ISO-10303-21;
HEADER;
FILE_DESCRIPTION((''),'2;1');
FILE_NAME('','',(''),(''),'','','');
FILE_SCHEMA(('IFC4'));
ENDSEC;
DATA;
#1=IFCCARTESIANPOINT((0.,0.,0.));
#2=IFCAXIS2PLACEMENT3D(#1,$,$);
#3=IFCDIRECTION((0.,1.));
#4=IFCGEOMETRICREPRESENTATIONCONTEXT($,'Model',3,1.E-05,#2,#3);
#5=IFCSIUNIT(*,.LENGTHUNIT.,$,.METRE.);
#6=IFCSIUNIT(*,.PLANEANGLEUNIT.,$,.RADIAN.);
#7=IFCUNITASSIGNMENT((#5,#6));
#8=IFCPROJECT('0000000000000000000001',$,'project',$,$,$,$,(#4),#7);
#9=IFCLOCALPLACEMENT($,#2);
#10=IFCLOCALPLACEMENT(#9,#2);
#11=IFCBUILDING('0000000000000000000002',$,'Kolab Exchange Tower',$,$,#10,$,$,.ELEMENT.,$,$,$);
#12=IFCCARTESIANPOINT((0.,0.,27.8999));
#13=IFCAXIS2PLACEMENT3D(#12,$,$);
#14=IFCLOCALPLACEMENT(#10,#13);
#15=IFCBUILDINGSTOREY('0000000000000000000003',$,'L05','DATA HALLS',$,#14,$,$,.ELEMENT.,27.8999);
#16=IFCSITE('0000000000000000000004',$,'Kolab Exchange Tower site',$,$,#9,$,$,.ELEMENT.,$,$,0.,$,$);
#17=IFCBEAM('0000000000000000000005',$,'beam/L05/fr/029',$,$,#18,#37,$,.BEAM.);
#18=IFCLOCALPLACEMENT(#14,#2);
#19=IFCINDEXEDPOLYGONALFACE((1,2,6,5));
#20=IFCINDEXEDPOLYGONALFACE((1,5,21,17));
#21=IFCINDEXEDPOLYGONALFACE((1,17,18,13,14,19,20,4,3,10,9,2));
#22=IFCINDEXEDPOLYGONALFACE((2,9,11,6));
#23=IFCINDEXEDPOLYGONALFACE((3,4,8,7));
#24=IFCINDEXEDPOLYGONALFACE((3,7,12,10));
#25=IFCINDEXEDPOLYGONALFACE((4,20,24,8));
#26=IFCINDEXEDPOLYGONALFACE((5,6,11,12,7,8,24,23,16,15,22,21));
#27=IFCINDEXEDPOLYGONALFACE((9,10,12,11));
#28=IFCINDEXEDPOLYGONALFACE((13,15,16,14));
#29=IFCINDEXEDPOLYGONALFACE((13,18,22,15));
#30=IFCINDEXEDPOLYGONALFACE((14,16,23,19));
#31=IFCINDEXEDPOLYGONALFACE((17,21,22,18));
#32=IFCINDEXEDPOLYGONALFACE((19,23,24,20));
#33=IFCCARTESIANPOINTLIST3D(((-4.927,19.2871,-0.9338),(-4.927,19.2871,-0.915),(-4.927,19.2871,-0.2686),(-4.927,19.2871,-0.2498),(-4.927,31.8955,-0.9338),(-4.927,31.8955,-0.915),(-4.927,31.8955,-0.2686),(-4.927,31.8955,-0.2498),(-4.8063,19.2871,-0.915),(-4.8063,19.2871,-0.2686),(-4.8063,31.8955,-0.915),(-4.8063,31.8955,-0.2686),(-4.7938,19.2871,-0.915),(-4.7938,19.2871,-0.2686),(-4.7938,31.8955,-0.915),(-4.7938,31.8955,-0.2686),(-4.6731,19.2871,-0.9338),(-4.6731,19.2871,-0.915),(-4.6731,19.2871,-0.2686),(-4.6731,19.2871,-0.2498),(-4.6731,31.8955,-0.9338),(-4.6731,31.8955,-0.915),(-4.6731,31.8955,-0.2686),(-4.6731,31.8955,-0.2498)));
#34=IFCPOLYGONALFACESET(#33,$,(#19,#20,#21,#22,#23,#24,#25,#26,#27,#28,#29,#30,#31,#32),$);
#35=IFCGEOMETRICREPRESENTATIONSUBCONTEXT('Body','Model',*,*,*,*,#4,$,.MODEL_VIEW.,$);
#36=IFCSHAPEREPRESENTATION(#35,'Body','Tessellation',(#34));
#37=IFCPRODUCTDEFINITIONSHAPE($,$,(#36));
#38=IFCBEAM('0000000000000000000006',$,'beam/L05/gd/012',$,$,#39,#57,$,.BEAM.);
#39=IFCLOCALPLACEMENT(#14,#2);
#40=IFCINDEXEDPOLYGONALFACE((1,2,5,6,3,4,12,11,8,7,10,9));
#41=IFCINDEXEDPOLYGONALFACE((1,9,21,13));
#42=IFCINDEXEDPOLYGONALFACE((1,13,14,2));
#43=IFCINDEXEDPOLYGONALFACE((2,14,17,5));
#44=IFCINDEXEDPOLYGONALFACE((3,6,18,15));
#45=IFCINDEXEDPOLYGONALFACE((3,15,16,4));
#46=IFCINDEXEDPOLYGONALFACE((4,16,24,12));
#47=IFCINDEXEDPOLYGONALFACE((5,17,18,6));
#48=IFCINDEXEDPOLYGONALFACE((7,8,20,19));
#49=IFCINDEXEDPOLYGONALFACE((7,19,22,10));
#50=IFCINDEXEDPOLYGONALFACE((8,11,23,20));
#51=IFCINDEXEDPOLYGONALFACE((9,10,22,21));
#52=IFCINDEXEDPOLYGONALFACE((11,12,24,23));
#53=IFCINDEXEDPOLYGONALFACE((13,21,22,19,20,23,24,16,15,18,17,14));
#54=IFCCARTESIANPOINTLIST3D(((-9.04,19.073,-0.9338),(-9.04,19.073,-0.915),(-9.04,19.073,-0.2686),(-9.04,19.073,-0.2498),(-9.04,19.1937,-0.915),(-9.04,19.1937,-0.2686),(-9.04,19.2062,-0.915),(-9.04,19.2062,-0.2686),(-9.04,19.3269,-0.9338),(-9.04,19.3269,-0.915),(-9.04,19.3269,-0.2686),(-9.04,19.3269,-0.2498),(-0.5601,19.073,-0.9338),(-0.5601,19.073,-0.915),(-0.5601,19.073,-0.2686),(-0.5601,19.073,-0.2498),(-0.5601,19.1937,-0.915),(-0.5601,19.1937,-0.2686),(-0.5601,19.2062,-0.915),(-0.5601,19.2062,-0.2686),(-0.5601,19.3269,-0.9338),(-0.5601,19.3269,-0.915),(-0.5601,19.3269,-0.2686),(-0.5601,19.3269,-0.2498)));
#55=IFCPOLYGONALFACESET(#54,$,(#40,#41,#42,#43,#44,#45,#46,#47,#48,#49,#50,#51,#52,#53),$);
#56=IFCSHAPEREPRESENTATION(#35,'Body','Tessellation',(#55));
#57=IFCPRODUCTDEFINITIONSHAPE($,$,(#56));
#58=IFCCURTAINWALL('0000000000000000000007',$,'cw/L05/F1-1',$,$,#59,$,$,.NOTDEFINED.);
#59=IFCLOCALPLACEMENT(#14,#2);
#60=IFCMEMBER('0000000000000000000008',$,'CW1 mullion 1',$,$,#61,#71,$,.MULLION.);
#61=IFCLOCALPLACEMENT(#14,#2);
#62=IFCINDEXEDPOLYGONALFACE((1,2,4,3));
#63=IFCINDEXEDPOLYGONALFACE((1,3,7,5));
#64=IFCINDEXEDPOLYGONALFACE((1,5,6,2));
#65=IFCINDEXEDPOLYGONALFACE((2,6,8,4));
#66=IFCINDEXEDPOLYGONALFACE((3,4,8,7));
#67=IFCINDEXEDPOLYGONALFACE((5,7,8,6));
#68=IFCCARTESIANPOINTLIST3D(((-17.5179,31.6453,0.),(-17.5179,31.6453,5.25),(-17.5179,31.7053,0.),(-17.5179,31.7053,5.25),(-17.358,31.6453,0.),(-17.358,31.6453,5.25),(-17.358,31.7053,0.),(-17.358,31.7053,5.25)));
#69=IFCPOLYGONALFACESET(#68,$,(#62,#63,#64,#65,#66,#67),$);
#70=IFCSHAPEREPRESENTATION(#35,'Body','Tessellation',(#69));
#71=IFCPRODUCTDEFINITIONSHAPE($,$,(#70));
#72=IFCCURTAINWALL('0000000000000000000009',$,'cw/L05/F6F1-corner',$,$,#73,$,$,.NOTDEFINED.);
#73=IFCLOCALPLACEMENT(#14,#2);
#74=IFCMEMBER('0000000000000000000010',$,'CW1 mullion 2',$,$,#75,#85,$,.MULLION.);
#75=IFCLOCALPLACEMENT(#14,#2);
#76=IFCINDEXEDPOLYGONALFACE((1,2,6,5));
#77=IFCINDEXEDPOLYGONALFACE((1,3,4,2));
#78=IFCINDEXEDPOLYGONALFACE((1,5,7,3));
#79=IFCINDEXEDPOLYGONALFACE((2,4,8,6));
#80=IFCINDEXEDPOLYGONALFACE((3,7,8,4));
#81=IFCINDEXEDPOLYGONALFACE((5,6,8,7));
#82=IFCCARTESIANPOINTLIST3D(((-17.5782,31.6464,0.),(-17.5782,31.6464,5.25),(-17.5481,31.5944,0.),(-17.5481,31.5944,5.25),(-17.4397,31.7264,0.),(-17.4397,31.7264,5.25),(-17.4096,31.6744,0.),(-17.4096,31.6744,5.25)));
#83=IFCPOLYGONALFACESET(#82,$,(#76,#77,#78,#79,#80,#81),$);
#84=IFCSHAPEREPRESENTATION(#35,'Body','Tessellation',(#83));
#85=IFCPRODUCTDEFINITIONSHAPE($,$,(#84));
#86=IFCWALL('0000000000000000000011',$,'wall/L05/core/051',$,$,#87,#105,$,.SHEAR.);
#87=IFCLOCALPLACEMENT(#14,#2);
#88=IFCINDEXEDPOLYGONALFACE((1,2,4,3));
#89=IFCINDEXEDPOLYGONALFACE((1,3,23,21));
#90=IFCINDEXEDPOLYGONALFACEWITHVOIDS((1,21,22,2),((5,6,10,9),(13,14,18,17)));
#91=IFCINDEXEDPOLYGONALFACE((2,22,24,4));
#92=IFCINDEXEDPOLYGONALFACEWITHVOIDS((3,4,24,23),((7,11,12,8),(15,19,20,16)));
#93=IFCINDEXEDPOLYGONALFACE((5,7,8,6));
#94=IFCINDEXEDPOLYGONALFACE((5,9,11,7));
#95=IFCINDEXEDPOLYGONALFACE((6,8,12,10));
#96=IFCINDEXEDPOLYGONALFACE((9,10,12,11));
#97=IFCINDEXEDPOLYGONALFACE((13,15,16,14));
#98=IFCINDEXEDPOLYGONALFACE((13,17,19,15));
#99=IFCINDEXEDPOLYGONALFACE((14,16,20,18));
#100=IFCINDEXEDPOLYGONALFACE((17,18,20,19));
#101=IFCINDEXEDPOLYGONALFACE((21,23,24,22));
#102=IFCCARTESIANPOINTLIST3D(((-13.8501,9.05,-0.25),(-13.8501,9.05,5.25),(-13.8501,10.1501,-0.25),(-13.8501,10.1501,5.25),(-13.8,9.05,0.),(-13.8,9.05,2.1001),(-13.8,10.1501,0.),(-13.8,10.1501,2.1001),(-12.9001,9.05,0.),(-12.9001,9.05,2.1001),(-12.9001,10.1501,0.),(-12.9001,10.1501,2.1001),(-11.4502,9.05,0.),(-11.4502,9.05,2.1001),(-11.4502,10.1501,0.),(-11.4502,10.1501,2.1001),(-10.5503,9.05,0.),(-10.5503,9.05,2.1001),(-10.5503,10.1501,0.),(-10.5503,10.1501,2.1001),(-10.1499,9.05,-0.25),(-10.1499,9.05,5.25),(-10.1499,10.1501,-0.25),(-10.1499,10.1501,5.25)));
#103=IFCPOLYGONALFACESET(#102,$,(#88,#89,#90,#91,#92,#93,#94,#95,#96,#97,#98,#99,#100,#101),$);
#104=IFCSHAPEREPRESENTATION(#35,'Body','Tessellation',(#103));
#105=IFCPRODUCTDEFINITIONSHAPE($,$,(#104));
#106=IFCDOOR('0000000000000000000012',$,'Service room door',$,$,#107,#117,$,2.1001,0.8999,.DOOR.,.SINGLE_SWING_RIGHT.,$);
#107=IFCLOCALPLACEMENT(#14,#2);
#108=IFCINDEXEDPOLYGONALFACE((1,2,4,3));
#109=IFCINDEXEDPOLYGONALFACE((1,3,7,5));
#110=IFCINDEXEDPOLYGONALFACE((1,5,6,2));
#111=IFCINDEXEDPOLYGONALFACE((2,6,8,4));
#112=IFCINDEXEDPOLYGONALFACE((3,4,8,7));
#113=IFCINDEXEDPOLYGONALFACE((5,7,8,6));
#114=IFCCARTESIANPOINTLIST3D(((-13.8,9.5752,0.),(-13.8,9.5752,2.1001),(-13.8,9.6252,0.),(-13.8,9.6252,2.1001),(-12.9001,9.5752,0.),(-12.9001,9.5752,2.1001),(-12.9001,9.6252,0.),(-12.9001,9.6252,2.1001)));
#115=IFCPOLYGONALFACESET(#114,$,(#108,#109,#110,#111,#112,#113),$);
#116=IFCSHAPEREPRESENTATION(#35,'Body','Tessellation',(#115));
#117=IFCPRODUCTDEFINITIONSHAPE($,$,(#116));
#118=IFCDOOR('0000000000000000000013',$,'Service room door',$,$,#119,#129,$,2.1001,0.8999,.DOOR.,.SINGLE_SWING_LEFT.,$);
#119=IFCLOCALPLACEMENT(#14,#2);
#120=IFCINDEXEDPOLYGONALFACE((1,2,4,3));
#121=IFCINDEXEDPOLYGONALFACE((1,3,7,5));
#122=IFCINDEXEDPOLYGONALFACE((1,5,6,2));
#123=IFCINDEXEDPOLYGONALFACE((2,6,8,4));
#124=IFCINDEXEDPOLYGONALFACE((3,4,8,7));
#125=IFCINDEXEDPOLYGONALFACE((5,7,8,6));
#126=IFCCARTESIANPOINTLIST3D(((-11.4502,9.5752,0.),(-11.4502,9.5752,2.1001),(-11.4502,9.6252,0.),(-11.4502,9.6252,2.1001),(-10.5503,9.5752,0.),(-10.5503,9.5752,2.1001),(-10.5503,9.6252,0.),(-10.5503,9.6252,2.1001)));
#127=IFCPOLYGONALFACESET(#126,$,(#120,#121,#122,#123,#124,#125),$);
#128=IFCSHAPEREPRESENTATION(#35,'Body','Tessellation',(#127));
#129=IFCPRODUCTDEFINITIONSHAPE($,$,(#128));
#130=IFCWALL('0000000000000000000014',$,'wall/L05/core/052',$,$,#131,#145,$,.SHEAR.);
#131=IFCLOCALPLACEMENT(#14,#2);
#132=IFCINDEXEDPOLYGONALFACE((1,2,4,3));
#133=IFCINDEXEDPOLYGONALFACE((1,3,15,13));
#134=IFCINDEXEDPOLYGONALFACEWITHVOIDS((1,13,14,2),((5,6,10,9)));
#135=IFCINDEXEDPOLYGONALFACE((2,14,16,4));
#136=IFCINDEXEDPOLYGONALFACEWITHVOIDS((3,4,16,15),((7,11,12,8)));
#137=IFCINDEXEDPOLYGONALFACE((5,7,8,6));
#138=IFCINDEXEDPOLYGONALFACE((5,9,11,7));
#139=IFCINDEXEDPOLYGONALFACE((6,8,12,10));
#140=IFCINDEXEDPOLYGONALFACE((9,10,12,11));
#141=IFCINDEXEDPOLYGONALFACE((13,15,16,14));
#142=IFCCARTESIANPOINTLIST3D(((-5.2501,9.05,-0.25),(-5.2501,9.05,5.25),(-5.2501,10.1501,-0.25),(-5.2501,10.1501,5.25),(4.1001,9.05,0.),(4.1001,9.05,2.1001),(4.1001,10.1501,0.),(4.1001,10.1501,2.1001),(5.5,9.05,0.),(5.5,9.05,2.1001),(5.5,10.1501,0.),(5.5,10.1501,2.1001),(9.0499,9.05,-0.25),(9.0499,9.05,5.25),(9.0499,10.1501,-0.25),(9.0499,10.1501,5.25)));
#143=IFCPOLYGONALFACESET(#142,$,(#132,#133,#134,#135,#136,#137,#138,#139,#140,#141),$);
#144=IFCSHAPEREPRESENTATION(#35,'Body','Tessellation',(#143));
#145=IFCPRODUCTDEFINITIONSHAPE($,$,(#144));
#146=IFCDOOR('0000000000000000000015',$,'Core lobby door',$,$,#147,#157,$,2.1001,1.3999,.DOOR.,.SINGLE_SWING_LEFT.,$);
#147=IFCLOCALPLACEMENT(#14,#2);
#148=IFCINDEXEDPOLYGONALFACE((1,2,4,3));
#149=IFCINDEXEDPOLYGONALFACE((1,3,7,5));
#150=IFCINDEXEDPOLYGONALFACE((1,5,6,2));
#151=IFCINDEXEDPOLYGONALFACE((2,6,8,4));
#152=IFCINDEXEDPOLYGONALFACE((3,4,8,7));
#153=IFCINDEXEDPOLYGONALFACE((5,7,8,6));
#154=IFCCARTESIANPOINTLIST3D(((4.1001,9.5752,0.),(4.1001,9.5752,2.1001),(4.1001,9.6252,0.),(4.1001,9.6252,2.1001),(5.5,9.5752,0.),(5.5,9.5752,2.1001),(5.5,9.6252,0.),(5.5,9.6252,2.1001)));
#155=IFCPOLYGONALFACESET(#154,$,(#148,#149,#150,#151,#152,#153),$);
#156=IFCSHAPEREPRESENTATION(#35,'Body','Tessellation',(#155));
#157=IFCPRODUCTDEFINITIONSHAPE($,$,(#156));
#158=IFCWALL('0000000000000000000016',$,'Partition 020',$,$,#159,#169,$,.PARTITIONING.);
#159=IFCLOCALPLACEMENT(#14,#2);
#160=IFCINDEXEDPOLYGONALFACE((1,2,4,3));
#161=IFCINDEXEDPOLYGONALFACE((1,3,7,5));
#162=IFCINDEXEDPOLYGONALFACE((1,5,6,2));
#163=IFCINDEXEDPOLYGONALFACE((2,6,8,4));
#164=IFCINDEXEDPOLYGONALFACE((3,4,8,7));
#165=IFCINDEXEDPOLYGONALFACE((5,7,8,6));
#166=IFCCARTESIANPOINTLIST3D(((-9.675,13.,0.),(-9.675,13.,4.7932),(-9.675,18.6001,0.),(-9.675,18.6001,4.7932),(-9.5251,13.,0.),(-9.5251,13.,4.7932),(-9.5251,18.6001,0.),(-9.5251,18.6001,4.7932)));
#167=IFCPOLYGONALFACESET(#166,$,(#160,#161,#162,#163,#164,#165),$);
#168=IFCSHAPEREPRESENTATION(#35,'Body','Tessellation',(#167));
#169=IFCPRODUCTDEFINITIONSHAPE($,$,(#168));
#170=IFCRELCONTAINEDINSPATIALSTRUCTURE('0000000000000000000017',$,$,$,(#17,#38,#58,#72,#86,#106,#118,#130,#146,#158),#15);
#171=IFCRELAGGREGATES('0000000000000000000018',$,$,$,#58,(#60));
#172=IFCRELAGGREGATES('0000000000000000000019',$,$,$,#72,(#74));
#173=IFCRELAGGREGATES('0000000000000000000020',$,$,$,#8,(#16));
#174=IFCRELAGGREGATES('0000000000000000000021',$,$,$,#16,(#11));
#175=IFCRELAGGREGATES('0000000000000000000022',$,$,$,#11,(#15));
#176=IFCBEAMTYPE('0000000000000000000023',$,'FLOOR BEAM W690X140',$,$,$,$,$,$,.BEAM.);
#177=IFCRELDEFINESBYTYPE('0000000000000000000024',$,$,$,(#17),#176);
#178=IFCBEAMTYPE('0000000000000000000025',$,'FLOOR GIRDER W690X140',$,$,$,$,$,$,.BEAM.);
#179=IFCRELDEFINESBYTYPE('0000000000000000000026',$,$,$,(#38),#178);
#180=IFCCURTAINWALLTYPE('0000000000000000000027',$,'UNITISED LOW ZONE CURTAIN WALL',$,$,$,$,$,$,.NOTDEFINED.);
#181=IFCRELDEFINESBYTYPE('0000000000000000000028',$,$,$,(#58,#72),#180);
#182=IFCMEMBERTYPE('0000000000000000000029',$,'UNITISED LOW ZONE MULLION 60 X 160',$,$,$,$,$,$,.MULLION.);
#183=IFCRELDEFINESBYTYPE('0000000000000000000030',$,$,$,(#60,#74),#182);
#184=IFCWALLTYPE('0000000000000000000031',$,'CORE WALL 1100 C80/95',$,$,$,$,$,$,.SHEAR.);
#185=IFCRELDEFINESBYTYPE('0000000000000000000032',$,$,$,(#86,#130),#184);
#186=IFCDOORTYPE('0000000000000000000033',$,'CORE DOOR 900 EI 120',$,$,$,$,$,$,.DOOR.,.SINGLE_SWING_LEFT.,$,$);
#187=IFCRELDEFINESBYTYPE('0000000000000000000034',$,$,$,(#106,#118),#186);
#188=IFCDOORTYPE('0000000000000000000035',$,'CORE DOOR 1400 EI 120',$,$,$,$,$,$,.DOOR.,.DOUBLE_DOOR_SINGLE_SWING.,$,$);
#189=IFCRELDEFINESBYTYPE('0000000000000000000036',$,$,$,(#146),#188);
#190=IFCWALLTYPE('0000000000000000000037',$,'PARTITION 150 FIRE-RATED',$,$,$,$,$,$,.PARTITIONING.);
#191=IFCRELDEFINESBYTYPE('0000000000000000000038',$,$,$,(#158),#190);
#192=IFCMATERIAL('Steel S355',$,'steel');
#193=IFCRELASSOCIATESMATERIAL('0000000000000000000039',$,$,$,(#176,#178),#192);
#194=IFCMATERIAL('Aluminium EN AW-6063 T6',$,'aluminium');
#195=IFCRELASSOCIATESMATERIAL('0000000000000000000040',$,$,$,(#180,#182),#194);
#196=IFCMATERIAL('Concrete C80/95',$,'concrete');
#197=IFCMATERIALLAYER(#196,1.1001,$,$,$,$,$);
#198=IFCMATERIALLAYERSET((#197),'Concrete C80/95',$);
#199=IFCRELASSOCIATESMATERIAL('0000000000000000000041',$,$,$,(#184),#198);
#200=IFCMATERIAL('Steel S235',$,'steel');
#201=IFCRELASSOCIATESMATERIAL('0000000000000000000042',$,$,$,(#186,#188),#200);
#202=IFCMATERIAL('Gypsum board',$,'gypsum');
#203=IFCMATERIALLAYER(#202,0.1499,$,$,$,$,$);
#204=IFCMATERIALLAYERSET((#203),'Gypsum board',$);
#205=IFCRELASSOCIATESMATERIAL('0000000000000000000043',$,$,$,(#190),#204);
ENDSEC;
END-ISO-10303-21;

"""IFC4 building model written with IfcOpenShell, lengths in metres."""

from ifc_helpers import new_model, si_unit, direction, frame, frame_2d, origin, origin_2d, place, context, subcontext, project, spatial, rectangle, i_section, extrude, material, layer, layer_set, material_profile, profile_set, type_object, element, fill, aggregate, save


model = new_model("IFC4")

# Units and contexts
model_context = context("Model", 3, precision=1e-05, world=origin(), true_north=direction((0.0, 1.0)))
body_context = subcontext(model_context, "Body", "Model", "MODEL_VIEW")
ifc_project = project(units=[si_unit("LENGTHUNIT", "METRE"), si_unit("PLANEANGLEUNIT", "RADIAN")], contexts=[model_context])

# Site, building, storey
site_placement = place(None, origin())
site = spatial("IfcSite", under=ifc_project, at=site_placement, Name="Kolab Exchange Tower site", CompositionType="ELEMENT", RefElevation=0.0)
building_placement = place(site_placement, origin())
building = spatial("IfcBuilding", under=site, at=building_placement, Name="Kolab Exchange Tower", CompositionType="ELEMENT")
storey_placement = place(building_placement, frame((0.0, 0.0, 27.8999)))
storey = spatial("IfcBuildingStorey", under=building, at=storey_placement, Name="L05", Description="DATA HALLS", CompositionType="ELEMENT", Elevation=27.8999)

# Shared definitions
ifc_material_1 = material(Name="Concrete C80/95", Category="concrete")

# Beams
ifc_material_2 = material(Name="Steel S355", Category="steel")
ifc_material_profile_1 = material_profile(ifc_material_2, i_section(OverallWidth=0.2539, OverallDepth=0.6841, WebThickness=0.0125, FlangeThickness=0.0188, at=origin_2d()), Name="W690X140")
ifc_profile_set_1 = profile_set([ifc_material_profile_1], Name="Steel S355")
beam_type_1 = type_object("IfcBeamType", Name="FLOOR BEAM W690X140", PredefinedType="BEAM", material=ifc_profile_set_1)
for number, where, z_axis, x_axis, name in (
    (1, (-4.8, 19.2871, -0.5918), (0.0, 1.0, 0.0), (-1.0, 0.0, 0.0), "beam/L05/fr/029"),
):
    element("IfcBeam", number, at=place(storey_placement, frame(where, z_axis=z_axis, x_axis=x_axis)), inside=storey, type_object=beam_type_1, Name=name, PredefinedType="BEAM", context=body_context, shape_type="SweptSolid", body=[
        extrude(i_section(OverallWidth=0.2539, OverallDepth=0.6841, WebThickness=0.0125, FlangeThickness=0.0188, at=origin_2d()), origin(), (0.0, 0.0, 1.0), 12.6084),
    ])
ifc_material_profile_2 = material_profile(ifc_material_2, i_section(OverallWidth=0.2539, OverallDepth=0.6841, WebThickness=0.0125, FlangeThickness=0.0188, at=origin_2d()), Name="W690X140")
ifc_profile_set_2 = profile_set([ifc_material_profile_2], Name="Steel S355")
beam_type_2 = type_object("IfcBeamType", Name="FLOOR GIRDER W690X140", PredefinedType="BEAM", material=ifc_profile_set_2)
beam_1_placement = place(storey_placement, frame((-9.04, 19.2, -0.5918), z_axis=(1.0, 0.0, 0.0), x_axis=(0.0, 1.0, 0.0)))
element("IfcBeam", 2, at=beam_1_placement, inside=storey, type_object=beam_type_2, Name="beam/L05/gd/012", PredefinedType="BEAM", context=body_context, shape_type="SweptSolid", body=[
    extrude(i_section(OverallWidth=0.2539, OverallDepth=0.6841, WebThickness=0.0125, FlangeThickness=0.0188, at=origin_2d()), origin(), (0.0, 0.0, 1.0), 8.48),
])

# Curtain walls, members
ifc_material_3 = material(Name="Aluminium EN AW-6063 T6", Category="aluminium")
curtain_wall_type = type_object("IfcCurtainWallType", Name="UNITISED LOW ZONE CURTAIN WALL", PredefinedType="NOTDEFINED", material=ifc_material_3)
curtain_wall_1_placement = place(storey_placement, origin())
curtain_wall_1 = element("IfcCurtainWall", 3, at=curtain_wall_1_placement, inside=storey, type_object=curtain_wall_type, Name="cw/L05/F1-1", PredefinedType="NOTDEFINED")
ifc_material_profile_3 = material_profile(ifc_material_3, rectangle(XDim=0.0601, YDim=0.1599, at=origin_2d()), Name="RECT 60X160")
ifc_profile_set_3 = profile_set([ifc_material_profile_3], Name="Aluminium EN AW-6063 T6")
member_type = type_object("IfcMemberType", Name="UNITISED LOW ZONE MULLION 60 X 160", PredefinedType="MULLION", material=ifc_profile_set_3)
member_1_placement = place(storey_placement, frame((-17.438, 31.6753, 0.0), z_axis=(0.0, 0.0, 1.0), x_axis=(0.0, 1.0, 0.0)))
member_1 = element("IfcMember", 4, at=member_1_placement, type_object=member_type, Name="CW1 mullion 1", PredefinedType="MULLION", context=body_context, shape_type="SweptSolid", body=[
    extrude(rectangle(XDim=0.0601, YDim=0.1599, at=origin_2d()), origin(), (0.0, 0.0, 1.0), 5.25),
])
aggregate(curtain_wall_1, [member_1])
curtain_wall_2_placement = place(storey_placement, origin())
curtain_wall_2 = element("IfcCurtainWall", 5, at=curtain_wall_2_placement, inside=storey, type_object=curtain_wall_type, Name="cw/L05/F6F1-corner", PredefinedType="NOTDEFINED")
member_2_placement = place(storey_placement, frame((-17.4939, 31.6604, 0.0), z_axis=(0.0, 0.0, 1.0), x_axis=(-0.5, 0.866025, 0.0)))
member_2 = element("IfcMember", 6, at=member_2_placement, type_object=member_type, Name="CW1 mullion 2", PredefinedType="MULLION", context=body_context, shape_type="SweptSolid", body=[
    extrude(rectangle(XDim=0.0601, YDim=0.1599, at=origin_2d()), origin(), (0.0, 0.0, 1.0), 5.25),
])
aggregate(curtain_wall_2, [member_2])

# Wall, openings, doors
ifc_layer_1 = layer(ifc_material_1, 1.1001)
ifc_layer_set_1 = layer_set([ifc_layer_1], Name="Concrete C80/95")
wall_type_1 = type_object("IfcWallType", Name="CORE WALL 1100 C80/95", PredefinedType="SHEAR", material=ifc_layer_set_1)
wall_1_placement = place(storey_placement, frame((-13.8501, 9.6001, -0.25), z_axis=(0.0, 0.0, 1.0), x_axis=(1.0, 0.0, 0.0)))
wall_1 = element("IfcWall", 7, at=wall_1_placement, inside=storey, type_object=wall_type_1, Name="wall/L05/core/051", PredefinedType="SHEAR", context=body_context, shape_type="SweptSolid", body=[
    extrude(rectangle(XDim=3.7002, YDim=1.1001, at=frame_2d((1.8501, 0.0))), origin(), (0.0, 0.0, 1.0), 5.5),
])
opening_1_placement = place(wall_1_placement, frame((0.05, 0.0, 0.25)))
opening_1 = element("IfcOpeningElement", 8, at=opening_1_placement, cuts=wall_1, PredefinedType="OPENING", context=body_context, shape_type="SweptSolid", body=[
    extrude(rectangle(XDim=0.8999, YDim=2.1001, at=frame_2d((0.45, 1.05))), frame((0.0, 0.5601, 0.0), z_axis=(0.0, -1.0, 0.0), x_axis=(1.0, 0.0, 0.0)), (0.0, 0.0, 1.0), 1.1201),
])
opening_2_placement = place(wall_1_placement, frame((2.3999, 0.0, 0.25)))
opening_2 = element("IfcOpeningElement", 9, at=opening_2_placement, cuts=wall_1, PredefinedType="OPENING", context=body_context, shape_type="SweptSolid", body=[
    extrude(rectangle(XDim=0.8999, YDim=2.1001, at=frame_2d((0.45, 1.05))), frame((0.0, 0.5601, 0.0), z_axis=(0.0, -1.0, 0.0), x_axis=(1.0, 0.0, 0.0)), (0.0, 0.0, 1.0), 1.1201),
])
ifc_material_4 = material(Name="Steel S235", Category="steel")
door_type_1 = type_object("IfcDoorType", Name="CORE DOOR 900 EI 120", OperationType="SINGLE_SWING_LEFT", PredefinedType="DOOR", material=ifc_material_4)
door_1_placement = place(opening_1_placement, frame((0.8999, 0.0, 0.0), z_axis=(0.0, 0.0, 1.0), x_axis=(-1.0, 0.0, 0.0)))
door_1 = element("IfcDoor", 10, at=door_1_placement, inside=storey, type_object=door_type_1, Name="Service room door", OperationType="SINGLE_SWING_RIGHT", OverallHeight=2.1001, OverallWidth=0.8999, PredefinedType="DOOR", context=body_context, shape_type="SweptSolid", body=[
    extrude(rectangle(XDim=0.8999, YDim=2.1001, at=frame_2d((0.45, 1.05))), frame((0.0, 0.0249, 0.0), z_axis=(0.0, -1.0, 0.0), x_axis=(1.0, 0.0, 0.0)), (0.0, 0.0, 1.0), 0.05),
])
fill(opening_1, door_1)
door_2_placement = place(opening_2_placement, frame((0.8999, 0.0, 0.0), z_axis=(0.0, 0.0, 1.0), x_axis=(-1.0, 0.0, 0.0)))
door_2 = element("IfcDoor", 11, at=door_2_placement, inside=storey, type_object=door_type_1, Name="Service room door", OperationType="SINGLE_SWING_LEFT", OverallHeight=2.1001, OverallWidth=0.8999, PredefinedType="DOOR", context=body_context, shape_type="SweptSolid", body=[
    extrude(rectangle(XDim=0.8999, YDim=2.1001, at=frame_2d((0.45, 1.05))), frame((0.0, 0.0249, 0.0), z_axis=(0.0, -1.0, 0.0), x_axis=(1.0, 0.0, 0.0)), (0.0, 0.0, 1.0), 0.05),
])
fill(opening_2, door_2)

# Wall, opening, door
wall_2_placement = place(storey_placement, frame((-5.25, 9.6001, -0.25), z_axis=(0.0, 0.0, 1.0), x_axis=(1.0, 0.0, 0.0)))
wall_2 = element("IfcWall", 12, at=wall_2_placement, inside=storey, type_object=wall_type_1, Name="wall/L05/core/052", PredefinedType="SHEAR", context=body_context, shape_type="SweptSolid", body=[
    extrude(rectangle(XDim=14.3, YDim=1.1001, at=frame_2d((7.1499, 0.0))), origin(), (0.0, 0.0, 1.0), 5.5),
])
opening_3_placement = place(wall_2_placement, frame((9.3501, 0.0, 0.25)))
opening_3 = element("IfcOpeningElement", 13, at=opening_3_placement, cuts=wall_2, PredefinedType="OPENING", context=body_context, shape_type="SweptSolid", body=[
    extrude(rectangle(XDim=1.3999, YDim=2.1001, at=frame_2d((0.7, 1.05))), frame((0.0, 0.5601, 0.0), z_axis=(0.0, -1.0, 0.0), x_axis=(1.0, 0.0, 0.0)), (0.0, 0.0, 1.0), 1.1201),
])
door_type_2 = type_object("IfcDoorType", Name="CORE DOOR 1400 EI 120", OperationType="DOUBLE_DOOR_SINGLE_SWING", PredefinedType="DOOR", material=ifc_material_4)
door_3_placement = place(opening_3_placement, frame((1.3999, 0.0, 0.0), z_axis=(0.0, 0.0, 1.0), x_axis=(-1.0, 0.0, 0.0)))
door_3 = element("IfcDoor", 14, at=door_3_placement, inside=storey, type_object=door_type_2, Name="Core lobby door", OperationType="SINGLE_SWING_LEFT", OverallHeight=2.1001, OverallWidth=1.3999, PredefinedType="DOOR", context=body_context, shape_type="SweptSolid", body=[
    extrude(rectangle(XDim=1.3999, YDim=2.1001, at=frame_2d((0.7, 1.05))), frame((0.0, 0.0249, 0.0), z_axis=(0.0, -1.0, 0.0), x_axis=(1.0, 0.0, 0.0)), (0.0, 0.0, 1.0), 0.05),
])
fill(opening_3, door_3)

# Wall
ifc_material_5 = material(Name="Gypsum board", Category="gypsum")
ifc_layer_2 = layer(ifc_material_5, 0.1499)
ifc_layer_set_2 = layer_set([ifc_layer_2], Name="Gypsum board")
wall_type_2 = type_object("IfcWallType", Name="PARTITION 150 FIRE-RATED", PredefinedType="PARTITIONING", material=ifc_layer_set_2)
wall_3_placement = place(storey_placement, frame((-9.6001, 13.0, 0.0), z_axis=(0.0, 0.0, 1.0), x_axis=(0.0, 1.0, 0.0)))
element("IfcWall", 15, at=wall_3_placement, inside=storey, type_object=wall_type_2, Name="Partition 020", PredefinedType="PARTITIONING", context=body_context, shape_type="SweptSolid", body=[
    extrude(rectangle(XDim=5.6001, YDim=0.1499, at=frame_2d((2.8, 0.0))), origin(), (0.0, 0.0, 1.0), 4.7932),
])

save(model, "model.ifc")
